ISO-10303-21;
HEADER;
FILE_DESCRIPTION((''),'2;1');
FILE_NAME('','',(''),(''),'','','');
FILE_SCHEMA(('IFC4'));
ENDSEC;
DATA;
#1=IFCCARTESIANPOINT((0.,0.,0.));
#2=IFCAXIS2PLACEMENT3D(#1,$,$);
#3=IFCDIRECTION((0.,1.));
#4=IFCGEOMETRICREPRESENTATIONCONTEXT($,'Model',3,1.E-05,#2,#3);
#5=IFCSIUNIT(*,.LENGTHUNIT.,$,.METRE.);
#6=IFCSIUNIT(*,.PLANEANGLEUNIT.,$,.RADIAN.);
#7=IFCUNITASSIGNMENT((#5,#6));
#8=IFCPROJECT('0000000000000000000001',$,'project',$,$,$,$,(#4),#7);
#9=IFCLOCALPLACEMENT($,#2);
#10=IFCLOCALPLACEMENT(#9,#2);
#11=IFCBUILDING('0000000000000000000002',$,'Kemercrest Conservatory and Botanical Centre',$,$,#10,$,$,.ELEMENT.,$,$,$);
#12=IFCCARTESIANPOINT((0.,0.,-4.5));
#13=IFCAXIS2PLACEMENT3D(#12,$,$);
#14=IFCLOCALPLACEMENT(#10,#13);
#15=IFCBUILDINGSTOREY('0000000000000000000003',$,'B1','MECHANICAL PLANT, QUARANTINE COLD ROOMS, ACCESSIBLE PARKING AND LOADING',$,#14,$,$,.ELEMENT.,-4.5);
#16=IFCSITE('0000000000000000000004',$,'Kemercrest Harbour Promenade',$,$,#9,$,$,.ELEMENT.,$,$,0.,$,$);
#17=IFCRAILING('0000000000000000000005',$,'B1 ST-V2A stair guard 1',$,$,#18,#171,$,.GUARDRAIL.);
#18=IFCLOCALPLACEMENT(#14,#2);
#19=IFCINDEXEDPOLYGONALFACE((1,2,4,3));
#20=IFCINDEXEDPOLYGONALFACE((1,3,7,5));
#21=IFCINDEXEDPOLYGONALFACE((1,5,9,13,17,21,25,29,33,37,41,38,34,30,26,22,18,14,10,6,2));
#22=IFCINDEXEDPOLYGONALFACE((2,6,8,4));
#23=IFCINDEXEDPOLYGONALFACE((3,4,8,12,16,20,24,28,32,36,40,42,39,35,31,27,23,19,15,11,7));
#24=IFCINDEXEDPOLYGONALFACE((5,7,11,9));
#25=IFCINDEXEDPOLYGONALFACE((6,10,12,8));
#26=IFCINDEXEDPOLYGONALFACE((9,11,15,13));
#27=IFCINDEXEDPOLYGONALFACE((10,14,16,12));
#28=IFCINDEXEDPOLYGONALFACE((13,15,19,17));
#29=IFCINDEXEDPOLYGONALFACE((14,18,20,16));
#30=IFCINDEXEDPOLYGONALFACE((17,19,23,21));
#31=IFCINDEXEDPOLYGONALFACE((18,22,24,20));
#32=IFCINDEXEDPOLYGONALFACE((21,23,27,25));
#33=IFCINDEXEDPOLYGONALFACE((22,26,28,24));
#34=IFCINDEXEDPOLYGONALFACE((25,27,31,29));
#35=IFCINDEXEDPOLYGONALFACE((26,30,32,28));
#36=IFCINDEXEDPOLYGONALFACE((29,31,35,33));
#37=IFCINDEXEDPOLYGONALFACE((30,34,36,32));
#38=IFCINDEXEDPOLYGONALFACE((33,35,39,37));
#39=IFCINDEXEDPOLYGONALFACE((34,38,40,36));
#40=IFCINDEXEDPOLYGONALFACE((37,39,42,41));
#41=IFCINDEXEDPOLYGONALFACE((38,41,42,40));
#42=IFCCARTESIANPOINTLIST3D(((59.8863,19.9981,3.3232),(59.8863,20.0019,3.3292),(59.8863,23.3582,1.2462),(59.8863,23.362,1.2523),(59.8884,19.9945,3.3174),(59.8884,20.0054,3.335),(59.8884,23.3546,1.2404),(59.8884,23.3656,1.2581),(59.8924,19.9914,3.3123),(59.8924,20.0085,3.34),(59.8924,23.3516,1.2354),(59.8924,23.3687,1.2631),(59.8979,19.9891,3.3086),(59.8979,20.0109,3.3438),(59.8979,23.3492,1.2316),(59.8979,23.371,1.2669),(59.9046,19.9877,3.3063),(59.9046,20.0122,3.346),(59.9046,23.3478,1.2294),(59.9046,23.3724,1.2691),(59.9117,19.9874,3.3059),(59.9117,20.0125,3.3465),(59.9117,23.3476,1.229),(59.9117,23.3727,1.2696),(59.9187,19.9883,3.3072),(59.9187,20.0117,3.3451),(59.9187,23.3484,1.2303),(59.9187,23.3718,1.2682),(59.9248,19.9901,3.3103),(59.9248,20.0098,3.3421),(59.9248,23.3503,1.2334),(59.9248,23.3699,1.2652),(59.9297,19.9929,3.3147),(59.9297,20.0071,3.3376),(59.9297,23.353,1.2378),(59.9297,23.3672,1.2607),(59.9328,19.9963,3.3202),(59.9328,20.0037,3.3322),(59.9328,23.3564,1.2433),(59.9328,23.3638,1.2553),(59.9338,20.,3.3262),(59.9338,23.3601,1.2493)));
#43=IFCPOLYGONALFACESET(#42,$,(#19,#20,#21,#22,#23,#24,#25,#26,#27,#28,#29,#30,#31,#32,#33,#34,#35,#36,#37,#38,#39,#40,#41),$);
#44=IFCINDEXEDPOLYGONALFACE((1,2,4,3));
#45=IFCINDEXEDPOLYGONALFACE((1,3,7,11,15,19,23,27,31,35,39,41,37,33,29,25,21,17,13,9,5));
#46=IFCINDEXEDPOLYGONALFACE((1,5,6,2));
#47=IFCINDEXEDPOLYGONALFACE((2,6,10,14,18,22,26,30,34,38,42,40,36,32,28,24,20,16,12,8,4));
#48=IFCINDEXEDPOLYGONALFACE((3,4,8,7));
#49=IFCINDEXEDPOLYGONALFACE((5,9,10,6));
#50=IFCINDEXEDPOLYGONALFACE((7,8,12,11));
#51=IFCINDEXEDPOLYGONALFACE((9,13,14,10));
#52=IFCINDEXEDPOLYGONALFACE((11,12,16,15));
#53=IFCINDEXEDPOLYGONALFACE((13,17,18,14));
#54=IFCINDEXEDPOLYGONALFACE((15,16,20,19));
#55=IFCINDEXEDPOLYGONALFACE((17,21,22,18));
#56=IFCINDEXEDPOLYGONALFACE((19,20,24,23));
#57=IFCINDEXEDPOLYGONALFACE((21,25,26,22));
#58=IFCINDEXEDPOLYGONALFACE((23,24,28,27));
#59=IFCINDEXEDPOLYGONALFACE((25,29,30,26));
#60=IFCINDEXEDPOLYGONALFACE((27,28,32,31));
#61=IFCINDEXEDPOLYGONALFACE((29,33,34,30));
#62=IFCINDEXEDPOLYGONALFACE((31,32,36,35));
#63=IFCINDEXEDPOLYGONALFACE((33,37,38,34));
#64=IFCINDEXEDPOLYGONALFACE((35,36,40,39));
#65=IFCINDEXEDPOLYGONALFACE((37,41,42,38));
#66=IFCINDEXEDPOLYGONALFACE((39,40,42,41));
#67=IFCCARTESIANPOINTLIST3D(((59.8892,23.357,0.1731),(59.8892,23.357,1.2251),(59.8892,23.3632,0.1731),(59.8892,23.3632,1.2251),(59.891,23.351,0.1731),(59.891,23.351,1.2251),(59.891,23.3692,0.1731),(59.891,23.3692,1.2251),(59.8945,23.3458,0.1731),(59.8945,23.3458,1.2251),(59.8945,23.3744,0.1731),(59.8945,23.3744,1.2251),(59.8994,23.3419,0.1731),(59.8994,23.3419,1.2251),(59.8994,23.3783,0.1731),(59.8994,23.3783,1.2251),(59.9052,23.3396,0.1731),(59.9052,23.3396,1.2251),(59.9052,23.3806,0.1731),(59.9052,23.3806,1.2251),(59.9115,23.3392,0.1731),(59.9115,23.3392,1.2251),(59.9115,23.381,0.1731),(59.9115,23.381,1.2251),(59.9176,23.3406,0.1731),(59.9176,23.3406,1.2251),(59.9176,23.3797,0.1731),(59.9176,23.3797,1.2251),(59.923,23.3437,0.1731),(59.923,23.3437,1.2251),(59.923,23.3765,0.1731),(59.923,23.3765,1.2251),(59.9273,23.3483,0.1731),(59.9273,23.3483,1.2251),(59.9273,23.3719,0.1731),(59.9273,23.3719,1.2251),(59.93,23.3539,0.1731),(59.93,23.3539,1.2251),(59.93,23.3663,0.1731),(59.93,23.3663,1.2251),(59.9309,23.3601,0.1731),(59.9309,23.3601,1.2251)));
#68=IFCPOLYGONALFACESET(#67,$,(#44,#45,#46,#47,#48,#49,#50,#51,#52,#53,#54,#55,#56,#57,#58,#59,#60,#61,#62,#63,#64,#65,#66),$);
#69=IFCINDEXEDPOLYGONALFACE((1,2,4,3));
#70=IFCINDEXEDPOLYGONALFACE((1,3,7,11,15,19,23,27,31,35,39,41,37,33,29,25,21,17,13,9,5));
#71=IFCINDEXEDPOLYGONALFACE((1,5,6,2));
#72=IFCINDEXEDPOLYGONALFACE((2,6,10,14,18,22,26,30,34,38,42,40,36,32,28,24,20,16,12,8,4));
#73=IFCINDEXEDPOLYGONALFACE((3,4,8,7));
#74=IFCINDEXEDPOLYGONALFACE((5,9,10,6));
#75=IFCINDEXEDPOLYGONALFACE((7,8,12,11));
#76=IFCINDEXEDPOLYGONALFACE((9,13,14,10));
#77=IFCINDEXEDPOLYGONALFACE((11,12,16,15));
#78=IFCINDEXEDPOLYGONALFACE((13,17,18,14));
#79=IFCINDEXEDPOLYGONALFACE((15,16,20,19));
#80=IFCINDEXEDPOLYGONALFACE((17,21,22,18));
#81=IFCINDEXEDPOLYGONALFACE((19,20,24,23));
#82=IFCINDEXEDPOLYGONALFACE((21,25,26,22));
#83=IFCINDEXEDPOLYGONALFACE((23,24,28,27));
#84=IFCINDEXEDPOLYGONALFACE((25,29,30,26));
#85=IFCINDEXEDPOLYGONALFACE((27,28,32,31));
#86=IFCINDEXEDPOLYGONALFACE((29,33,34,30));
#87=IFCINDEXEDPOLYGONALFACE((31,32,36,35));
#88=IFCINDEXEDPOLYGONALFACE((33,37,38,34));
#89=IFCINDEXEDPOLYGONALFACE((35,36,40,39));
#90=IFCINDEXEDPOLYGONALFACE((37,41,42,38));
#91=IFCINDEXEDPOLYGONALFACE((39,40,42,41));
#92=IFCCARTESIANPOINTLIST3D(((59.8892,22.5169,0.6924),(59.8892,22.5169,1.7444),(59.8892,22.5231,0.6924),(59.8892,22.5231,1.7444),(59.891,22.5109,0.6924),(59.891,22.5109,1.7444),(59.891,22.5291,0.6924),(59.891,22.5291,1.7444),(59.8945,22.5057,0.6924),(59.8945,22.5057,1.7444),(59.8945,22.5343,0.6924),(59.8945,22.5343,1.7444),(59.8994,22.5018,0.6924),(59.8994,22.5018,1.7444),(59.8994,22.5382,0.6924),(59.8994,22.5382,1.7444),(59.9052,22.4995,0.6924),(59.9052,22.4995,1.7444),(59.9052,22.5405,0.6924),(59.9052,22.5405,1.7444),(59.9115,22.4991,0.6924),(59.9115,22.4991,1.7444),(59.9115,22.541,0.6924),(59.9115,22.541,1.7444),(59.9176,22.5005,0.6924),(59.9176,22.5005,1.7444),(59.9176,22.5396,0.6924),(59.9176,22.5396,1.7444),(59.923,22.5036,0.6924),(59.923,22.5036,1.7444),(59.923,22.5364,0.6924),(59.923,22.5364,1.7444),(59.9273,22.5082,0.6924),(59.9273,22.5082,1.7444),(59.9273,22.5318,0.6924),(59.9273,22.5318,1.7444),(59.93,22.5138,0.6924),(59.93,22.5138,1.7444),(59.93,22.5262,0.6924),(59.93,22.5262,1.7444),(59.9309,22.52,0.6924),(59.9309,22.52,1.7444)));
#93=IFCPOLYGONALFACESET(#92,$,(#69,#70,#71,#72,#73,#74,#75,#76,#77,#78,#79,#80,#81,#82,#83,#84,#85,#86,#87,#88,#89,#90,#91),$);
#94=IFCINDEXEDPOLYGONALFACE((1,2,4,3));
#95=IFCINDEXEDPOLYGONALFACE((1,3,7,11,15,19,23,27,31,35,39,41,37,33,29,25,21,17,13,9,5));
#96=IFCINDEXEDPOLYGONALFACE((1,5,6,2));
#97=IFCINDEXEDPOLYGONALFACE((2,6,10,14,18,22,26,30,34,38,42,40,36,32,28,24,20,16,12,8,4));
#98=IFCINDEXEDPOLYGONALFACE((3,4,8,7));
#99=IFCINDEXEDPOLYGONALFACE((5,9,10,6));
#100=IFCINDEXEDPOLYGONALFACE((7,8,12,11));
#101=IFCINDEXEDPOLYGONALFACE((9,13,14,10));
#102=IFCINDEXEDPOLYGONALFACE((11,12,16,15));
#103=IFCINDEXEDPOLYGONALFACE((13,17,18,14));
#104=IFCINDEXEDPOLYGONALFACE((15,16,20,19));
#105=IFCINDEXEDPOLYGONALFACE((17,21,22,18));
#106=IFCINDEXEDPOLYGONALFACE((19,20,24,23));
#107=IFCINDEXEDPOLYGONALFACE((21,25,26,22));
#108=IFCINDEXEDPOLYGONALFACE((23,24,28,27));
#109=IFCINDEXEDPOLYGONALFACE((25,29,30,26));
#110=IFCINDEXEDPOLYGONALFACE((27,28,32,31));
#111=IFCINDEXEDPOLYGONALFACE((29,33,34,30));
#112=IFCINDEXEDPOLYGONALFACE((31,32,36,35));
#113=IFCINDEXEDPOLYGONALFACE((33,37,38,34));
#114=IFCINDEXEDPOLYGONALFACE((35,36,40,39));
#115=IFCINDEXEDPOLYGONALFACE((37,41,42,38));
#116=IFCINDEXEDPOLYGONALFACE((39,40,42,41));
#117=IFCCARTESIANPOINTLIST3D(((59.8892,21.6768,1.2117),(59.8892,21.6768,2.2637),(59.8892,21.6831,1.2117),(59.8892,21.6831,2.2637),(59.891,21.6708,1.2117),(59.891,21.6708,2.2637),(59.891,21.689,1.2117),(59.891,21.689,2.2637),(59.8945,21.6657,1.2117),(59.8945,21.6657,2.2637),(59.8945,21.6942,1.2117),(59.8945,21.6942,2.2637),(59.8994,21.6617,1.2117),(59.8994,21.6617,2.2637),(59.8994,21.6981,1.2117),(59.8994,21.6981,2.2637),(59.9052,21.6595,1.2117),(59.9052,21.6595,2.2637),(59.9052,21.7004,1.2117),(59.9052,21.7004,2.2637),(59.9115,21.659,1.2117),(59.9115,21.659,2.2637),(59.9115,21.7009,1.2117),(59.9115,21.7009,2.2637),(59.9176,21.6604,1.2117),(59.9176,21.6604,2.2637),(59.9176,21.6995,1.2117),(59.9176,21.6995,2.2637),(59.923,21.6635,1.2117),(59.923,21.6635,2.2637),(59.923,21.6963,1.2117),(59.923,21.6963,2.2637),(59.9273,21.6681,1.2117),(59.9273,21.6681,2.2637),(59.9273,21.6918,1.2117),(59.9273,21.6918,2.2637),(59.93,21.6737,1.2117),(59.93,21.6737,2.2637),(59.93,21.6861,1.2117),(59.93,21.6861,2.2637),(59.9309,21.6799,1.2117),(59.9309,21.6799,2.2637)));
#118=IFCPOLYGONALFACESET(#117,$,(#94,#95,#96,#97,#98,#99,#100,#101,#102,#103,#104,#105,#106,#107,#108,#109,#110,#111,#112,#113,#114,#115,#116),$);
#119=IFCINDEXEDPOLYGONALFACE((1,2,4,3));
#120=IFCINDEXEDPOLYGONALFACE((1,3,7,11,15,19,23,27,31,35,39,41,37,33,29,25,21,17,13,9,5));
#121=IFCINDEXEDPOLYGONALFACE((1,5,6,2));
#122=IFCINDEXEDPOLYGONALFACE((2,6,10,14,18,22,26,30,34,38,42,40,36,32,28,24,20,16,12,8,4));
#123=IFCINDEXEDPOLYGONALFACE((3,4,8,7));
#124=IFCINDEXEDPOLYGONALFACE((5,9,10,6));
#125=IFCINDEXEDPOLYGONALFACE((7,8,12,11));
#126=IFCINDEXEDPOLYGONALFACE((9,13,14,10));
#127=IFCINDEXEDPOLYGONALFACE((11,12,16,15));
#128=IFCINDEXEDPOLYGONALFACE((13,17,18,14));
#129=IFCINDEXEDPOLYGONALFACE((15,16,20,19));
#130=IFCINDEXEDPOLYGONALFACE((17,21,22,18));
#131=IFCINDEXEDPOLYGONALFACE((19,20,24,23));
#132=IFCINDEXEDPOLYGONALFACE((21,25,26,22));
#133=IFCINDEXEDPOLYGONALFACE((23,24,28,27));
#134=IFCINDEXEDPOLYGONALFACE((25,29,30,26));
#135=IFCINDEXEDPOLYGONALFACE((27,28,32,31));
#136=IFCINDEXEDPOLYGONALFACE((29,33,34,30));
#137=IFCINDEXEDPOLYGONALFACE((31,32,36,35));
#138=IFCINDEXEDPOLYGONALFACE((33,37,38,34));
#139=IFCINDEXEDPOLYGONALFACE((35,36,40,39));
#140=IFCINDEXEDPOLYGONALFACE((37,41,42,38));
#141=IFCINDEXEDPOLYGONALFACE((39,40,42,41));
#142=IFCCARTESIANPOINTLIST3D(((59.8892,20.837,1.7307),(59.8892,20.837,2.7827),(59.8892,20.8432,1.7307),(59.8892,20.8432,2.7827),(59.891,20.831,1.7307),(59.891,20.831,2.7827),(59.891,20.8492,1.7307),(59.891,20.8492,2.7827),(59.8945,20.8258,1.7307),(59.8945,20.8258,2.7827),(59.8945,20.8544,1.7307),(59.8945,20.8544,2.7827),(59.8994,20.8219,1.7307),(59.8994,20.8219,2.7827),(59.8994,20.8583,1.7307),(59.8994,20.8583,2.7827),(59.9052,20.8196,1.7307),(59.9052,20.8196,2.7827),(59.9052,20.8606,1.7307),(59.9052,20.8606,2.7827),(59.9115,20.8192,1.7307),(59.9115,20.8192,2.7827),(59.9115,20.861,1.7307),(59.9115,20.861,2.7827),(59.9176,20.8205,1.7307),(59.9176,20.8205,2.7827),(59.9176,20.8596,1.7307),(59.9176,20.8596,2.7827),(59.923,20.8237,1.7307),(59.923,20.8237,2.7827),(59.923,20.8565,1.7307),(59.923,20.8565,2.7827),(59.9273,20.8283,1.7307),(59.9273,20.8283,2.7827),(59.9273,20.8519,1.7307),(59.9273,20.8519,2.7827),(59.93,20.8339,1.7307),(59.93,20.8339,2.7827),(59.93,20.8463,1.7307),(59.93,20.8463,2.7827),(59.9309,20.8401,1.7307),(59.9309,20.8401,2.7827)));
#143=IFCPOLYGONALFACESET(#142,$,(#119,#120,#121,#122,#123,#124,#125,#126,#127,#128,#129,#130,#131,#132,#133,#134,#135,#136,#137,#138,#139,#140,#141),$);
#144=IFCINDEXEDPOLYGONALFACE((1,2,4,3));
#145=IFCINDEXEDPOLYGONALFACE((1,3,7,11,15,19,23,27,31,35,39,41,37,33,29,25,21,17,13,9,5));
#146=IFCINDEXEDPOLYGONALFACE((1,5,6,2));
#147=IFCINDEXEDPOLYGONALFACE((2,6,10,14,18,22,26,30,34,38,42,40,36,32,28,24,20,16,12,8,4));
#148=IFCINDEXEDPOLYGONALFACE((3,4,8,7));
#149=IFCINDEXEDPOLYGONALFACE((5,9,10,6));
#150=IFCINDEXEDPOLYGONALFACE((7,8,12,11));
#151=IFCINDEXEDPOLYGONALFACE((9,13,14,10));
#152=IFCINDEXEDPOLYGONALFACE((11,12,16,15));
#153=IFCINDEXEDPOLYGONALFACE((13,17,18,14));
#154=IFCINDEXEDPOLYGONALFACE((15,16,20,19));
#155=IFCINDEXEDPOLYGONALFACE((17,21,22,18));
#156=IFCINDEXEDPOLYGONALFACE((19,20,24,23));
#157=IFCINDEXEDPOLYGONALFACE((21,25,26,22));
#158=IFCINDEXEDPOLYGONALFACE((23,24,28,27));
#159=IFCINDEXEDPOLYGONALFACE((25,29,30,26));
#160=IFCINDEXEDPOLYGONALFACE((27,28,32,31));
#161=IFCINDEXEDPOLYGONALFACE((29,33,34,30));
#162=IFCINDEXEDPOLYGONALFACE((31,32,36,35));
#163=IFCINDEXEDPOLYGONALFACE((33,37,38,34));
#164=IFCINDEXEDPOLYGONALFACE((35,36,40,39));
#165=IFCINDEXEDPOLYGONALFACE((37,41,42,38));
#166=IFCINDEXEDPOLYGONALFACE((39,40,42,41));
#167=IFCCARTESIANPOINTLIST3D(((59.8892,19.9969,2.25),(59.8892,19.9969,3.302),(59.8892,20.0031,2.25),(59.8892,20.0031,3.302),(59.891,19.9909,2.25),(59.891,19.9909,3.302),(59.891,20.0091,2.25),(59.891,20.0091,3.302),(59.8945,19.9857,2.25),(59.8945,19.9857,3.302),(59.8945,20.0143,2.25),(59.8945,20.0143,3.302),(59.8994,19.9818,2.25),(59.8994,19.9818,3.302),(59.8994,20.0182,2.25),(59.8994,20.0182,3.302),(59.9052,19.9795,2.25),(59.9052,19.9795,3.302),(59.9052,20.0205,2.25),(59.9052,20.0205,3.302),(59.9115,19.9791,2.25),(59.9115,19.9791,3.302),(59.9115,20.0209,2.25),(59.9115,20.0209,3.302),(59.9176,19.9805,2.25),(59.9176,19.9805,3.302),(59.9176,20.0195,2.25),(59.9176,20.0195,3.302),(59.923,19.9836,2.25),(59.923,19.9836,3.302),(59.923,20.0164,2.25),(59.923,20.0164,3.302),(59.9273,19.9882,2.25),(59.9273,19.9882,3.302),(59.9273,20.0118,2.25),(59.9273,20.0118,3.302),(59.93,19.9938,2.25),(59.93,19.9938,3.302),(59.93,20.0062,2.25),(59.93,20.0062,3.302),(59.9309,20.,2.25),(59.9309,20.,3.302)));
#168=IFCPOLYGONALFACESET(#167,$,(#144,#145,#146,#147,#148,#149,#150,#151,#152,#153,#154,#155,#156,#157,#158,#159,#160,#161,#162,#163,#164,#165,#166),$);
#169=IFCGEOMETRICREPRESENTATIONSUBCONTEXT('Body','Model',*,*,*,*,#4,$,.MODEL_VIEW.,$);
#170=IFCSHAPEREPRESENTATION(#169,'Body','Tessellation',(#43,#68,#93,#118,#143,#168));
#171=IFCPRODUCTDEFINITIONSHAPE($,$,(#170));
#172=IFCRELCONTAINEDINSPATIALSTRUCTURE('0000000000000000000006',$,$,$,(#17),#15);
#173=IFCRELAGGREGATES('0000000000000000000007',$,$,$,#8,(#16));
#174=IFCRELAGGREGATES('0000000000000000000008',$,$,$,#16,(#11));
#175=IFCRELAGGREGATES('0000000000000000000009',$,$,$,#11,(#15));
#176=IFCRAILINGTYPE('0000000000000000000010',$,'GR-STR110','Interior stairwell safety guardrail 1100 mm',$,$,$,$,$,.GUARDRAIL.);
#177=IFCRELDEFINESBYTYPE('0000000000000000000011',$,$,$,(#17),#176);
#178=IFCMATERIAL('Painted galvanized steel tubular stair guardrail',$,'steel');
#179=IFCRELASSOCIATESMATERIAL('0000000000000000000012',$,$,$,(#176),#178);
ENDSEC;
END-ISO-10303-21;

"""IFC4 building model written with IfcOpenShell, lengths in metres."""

from ifc_helpers import new_model, si_unit, direction, frame, origin, origin_2d, place, context, subcontext, project, spatial, circle, extrude, material, type_object, element, save


model = new_model("IFC4")

# Units and contexts
model_context = context("Model", 3, precision=1e-05, world=origin(), true_north=direction((0.0, 1.0)))
body_context = subcontext(model_context, "Body", "Model", "MODEL_VIEW")
ifc_project = project(units=[si_unit("LENGTHUNIT", "METRE"), si_unit("PLANEANGLEUNIT", "RADIAN")], contexts=[model_context])

# Site, building, storey
site_placement = place(None, origin())
site = spatial("IfcSite", under=ifc_project, at=site_placement, Name="Kemercrest Harbour Promenade", CompositionType="ELEMENT", RefElevation=0.0)
building_placement = place(site_placement, origin())
building = spatial("IfcBuilding", under=site, at=building_placement, Name="Kemercrest Conservatory and Botanical Centre", CompositionType="ELEMENT")
storey_placement = place(building_placement, frame((0.0, 0.0, -4.5)))
storey = spatial("IfcBuildingStorey", under=building, at=storey_placement, Name="B1", Description="MECHANICAL PLANT, QUARANTINE COLD ROOMS, ACCESSIBLE PARKING AND LOADING", CompositionType="ELEMENT", Elevation=-4.5)

# Railing
ifc_material_1 = material(Name="Painted galvanized steel tubular stair guardrail", Category="steel")
railing_type_1 = type_object("IfcRailingType", Name="GR-STR110", Description="Interior stairwell safety guardrail 1100 mm", PredefinedType="GUARDRAIL", material=ifc_material_1)
railing_1_placement = place(storey_placement, frame((59.9099, 23.3601, 0.1731)))
element("IfcRailing", 1, at=railing_1_placement, inside=storey, type_object=railing_type_1, Name="B1 ST-V2A stair guard 1", PredefinedType="GUARDRAIL", context=body_context, shape_type="SweptSolid", body=[
    extrude(circle(Radius=0.0239, at=origin_2d()), frame((0.0, 0.0, 1.0762), z_axis=(0.0, -0.850623, 0.525776), x_axis=(1.0, 0.0, 0.0)), (0.0, 0.0, 1.0), 3.9502),
    extrude(circle(Radius=0.021, at=origin_2d()), origin(), (0.0, 0.0, 1.0), 1.052),
    extrude(circle(Radius=0.021, at=origin_2d()), frame((0.0, -0.8401, 0.5193)), (0.0, 0.0, 1.0), 1.052),
    extrude(circle(Radius=0.021, at=origin_2d()), frame((0.0, -1.6802, 1.0386)), (0.0, 0.0, 1.0), 1.052),
    extrude(circle(Radius=0.021, at=origin_2d()), frame((0.0, -2.52, 1.5576)), (0.0, 0.0, 1.0), 1.052),
    extrude(circle(Radius=0.021, at=origin_2d()), frame((0.0, -3.3601, 2.0769)), (0.0, 0.0, 1.0), 1.052),
])

save(model, "model.ifc")
